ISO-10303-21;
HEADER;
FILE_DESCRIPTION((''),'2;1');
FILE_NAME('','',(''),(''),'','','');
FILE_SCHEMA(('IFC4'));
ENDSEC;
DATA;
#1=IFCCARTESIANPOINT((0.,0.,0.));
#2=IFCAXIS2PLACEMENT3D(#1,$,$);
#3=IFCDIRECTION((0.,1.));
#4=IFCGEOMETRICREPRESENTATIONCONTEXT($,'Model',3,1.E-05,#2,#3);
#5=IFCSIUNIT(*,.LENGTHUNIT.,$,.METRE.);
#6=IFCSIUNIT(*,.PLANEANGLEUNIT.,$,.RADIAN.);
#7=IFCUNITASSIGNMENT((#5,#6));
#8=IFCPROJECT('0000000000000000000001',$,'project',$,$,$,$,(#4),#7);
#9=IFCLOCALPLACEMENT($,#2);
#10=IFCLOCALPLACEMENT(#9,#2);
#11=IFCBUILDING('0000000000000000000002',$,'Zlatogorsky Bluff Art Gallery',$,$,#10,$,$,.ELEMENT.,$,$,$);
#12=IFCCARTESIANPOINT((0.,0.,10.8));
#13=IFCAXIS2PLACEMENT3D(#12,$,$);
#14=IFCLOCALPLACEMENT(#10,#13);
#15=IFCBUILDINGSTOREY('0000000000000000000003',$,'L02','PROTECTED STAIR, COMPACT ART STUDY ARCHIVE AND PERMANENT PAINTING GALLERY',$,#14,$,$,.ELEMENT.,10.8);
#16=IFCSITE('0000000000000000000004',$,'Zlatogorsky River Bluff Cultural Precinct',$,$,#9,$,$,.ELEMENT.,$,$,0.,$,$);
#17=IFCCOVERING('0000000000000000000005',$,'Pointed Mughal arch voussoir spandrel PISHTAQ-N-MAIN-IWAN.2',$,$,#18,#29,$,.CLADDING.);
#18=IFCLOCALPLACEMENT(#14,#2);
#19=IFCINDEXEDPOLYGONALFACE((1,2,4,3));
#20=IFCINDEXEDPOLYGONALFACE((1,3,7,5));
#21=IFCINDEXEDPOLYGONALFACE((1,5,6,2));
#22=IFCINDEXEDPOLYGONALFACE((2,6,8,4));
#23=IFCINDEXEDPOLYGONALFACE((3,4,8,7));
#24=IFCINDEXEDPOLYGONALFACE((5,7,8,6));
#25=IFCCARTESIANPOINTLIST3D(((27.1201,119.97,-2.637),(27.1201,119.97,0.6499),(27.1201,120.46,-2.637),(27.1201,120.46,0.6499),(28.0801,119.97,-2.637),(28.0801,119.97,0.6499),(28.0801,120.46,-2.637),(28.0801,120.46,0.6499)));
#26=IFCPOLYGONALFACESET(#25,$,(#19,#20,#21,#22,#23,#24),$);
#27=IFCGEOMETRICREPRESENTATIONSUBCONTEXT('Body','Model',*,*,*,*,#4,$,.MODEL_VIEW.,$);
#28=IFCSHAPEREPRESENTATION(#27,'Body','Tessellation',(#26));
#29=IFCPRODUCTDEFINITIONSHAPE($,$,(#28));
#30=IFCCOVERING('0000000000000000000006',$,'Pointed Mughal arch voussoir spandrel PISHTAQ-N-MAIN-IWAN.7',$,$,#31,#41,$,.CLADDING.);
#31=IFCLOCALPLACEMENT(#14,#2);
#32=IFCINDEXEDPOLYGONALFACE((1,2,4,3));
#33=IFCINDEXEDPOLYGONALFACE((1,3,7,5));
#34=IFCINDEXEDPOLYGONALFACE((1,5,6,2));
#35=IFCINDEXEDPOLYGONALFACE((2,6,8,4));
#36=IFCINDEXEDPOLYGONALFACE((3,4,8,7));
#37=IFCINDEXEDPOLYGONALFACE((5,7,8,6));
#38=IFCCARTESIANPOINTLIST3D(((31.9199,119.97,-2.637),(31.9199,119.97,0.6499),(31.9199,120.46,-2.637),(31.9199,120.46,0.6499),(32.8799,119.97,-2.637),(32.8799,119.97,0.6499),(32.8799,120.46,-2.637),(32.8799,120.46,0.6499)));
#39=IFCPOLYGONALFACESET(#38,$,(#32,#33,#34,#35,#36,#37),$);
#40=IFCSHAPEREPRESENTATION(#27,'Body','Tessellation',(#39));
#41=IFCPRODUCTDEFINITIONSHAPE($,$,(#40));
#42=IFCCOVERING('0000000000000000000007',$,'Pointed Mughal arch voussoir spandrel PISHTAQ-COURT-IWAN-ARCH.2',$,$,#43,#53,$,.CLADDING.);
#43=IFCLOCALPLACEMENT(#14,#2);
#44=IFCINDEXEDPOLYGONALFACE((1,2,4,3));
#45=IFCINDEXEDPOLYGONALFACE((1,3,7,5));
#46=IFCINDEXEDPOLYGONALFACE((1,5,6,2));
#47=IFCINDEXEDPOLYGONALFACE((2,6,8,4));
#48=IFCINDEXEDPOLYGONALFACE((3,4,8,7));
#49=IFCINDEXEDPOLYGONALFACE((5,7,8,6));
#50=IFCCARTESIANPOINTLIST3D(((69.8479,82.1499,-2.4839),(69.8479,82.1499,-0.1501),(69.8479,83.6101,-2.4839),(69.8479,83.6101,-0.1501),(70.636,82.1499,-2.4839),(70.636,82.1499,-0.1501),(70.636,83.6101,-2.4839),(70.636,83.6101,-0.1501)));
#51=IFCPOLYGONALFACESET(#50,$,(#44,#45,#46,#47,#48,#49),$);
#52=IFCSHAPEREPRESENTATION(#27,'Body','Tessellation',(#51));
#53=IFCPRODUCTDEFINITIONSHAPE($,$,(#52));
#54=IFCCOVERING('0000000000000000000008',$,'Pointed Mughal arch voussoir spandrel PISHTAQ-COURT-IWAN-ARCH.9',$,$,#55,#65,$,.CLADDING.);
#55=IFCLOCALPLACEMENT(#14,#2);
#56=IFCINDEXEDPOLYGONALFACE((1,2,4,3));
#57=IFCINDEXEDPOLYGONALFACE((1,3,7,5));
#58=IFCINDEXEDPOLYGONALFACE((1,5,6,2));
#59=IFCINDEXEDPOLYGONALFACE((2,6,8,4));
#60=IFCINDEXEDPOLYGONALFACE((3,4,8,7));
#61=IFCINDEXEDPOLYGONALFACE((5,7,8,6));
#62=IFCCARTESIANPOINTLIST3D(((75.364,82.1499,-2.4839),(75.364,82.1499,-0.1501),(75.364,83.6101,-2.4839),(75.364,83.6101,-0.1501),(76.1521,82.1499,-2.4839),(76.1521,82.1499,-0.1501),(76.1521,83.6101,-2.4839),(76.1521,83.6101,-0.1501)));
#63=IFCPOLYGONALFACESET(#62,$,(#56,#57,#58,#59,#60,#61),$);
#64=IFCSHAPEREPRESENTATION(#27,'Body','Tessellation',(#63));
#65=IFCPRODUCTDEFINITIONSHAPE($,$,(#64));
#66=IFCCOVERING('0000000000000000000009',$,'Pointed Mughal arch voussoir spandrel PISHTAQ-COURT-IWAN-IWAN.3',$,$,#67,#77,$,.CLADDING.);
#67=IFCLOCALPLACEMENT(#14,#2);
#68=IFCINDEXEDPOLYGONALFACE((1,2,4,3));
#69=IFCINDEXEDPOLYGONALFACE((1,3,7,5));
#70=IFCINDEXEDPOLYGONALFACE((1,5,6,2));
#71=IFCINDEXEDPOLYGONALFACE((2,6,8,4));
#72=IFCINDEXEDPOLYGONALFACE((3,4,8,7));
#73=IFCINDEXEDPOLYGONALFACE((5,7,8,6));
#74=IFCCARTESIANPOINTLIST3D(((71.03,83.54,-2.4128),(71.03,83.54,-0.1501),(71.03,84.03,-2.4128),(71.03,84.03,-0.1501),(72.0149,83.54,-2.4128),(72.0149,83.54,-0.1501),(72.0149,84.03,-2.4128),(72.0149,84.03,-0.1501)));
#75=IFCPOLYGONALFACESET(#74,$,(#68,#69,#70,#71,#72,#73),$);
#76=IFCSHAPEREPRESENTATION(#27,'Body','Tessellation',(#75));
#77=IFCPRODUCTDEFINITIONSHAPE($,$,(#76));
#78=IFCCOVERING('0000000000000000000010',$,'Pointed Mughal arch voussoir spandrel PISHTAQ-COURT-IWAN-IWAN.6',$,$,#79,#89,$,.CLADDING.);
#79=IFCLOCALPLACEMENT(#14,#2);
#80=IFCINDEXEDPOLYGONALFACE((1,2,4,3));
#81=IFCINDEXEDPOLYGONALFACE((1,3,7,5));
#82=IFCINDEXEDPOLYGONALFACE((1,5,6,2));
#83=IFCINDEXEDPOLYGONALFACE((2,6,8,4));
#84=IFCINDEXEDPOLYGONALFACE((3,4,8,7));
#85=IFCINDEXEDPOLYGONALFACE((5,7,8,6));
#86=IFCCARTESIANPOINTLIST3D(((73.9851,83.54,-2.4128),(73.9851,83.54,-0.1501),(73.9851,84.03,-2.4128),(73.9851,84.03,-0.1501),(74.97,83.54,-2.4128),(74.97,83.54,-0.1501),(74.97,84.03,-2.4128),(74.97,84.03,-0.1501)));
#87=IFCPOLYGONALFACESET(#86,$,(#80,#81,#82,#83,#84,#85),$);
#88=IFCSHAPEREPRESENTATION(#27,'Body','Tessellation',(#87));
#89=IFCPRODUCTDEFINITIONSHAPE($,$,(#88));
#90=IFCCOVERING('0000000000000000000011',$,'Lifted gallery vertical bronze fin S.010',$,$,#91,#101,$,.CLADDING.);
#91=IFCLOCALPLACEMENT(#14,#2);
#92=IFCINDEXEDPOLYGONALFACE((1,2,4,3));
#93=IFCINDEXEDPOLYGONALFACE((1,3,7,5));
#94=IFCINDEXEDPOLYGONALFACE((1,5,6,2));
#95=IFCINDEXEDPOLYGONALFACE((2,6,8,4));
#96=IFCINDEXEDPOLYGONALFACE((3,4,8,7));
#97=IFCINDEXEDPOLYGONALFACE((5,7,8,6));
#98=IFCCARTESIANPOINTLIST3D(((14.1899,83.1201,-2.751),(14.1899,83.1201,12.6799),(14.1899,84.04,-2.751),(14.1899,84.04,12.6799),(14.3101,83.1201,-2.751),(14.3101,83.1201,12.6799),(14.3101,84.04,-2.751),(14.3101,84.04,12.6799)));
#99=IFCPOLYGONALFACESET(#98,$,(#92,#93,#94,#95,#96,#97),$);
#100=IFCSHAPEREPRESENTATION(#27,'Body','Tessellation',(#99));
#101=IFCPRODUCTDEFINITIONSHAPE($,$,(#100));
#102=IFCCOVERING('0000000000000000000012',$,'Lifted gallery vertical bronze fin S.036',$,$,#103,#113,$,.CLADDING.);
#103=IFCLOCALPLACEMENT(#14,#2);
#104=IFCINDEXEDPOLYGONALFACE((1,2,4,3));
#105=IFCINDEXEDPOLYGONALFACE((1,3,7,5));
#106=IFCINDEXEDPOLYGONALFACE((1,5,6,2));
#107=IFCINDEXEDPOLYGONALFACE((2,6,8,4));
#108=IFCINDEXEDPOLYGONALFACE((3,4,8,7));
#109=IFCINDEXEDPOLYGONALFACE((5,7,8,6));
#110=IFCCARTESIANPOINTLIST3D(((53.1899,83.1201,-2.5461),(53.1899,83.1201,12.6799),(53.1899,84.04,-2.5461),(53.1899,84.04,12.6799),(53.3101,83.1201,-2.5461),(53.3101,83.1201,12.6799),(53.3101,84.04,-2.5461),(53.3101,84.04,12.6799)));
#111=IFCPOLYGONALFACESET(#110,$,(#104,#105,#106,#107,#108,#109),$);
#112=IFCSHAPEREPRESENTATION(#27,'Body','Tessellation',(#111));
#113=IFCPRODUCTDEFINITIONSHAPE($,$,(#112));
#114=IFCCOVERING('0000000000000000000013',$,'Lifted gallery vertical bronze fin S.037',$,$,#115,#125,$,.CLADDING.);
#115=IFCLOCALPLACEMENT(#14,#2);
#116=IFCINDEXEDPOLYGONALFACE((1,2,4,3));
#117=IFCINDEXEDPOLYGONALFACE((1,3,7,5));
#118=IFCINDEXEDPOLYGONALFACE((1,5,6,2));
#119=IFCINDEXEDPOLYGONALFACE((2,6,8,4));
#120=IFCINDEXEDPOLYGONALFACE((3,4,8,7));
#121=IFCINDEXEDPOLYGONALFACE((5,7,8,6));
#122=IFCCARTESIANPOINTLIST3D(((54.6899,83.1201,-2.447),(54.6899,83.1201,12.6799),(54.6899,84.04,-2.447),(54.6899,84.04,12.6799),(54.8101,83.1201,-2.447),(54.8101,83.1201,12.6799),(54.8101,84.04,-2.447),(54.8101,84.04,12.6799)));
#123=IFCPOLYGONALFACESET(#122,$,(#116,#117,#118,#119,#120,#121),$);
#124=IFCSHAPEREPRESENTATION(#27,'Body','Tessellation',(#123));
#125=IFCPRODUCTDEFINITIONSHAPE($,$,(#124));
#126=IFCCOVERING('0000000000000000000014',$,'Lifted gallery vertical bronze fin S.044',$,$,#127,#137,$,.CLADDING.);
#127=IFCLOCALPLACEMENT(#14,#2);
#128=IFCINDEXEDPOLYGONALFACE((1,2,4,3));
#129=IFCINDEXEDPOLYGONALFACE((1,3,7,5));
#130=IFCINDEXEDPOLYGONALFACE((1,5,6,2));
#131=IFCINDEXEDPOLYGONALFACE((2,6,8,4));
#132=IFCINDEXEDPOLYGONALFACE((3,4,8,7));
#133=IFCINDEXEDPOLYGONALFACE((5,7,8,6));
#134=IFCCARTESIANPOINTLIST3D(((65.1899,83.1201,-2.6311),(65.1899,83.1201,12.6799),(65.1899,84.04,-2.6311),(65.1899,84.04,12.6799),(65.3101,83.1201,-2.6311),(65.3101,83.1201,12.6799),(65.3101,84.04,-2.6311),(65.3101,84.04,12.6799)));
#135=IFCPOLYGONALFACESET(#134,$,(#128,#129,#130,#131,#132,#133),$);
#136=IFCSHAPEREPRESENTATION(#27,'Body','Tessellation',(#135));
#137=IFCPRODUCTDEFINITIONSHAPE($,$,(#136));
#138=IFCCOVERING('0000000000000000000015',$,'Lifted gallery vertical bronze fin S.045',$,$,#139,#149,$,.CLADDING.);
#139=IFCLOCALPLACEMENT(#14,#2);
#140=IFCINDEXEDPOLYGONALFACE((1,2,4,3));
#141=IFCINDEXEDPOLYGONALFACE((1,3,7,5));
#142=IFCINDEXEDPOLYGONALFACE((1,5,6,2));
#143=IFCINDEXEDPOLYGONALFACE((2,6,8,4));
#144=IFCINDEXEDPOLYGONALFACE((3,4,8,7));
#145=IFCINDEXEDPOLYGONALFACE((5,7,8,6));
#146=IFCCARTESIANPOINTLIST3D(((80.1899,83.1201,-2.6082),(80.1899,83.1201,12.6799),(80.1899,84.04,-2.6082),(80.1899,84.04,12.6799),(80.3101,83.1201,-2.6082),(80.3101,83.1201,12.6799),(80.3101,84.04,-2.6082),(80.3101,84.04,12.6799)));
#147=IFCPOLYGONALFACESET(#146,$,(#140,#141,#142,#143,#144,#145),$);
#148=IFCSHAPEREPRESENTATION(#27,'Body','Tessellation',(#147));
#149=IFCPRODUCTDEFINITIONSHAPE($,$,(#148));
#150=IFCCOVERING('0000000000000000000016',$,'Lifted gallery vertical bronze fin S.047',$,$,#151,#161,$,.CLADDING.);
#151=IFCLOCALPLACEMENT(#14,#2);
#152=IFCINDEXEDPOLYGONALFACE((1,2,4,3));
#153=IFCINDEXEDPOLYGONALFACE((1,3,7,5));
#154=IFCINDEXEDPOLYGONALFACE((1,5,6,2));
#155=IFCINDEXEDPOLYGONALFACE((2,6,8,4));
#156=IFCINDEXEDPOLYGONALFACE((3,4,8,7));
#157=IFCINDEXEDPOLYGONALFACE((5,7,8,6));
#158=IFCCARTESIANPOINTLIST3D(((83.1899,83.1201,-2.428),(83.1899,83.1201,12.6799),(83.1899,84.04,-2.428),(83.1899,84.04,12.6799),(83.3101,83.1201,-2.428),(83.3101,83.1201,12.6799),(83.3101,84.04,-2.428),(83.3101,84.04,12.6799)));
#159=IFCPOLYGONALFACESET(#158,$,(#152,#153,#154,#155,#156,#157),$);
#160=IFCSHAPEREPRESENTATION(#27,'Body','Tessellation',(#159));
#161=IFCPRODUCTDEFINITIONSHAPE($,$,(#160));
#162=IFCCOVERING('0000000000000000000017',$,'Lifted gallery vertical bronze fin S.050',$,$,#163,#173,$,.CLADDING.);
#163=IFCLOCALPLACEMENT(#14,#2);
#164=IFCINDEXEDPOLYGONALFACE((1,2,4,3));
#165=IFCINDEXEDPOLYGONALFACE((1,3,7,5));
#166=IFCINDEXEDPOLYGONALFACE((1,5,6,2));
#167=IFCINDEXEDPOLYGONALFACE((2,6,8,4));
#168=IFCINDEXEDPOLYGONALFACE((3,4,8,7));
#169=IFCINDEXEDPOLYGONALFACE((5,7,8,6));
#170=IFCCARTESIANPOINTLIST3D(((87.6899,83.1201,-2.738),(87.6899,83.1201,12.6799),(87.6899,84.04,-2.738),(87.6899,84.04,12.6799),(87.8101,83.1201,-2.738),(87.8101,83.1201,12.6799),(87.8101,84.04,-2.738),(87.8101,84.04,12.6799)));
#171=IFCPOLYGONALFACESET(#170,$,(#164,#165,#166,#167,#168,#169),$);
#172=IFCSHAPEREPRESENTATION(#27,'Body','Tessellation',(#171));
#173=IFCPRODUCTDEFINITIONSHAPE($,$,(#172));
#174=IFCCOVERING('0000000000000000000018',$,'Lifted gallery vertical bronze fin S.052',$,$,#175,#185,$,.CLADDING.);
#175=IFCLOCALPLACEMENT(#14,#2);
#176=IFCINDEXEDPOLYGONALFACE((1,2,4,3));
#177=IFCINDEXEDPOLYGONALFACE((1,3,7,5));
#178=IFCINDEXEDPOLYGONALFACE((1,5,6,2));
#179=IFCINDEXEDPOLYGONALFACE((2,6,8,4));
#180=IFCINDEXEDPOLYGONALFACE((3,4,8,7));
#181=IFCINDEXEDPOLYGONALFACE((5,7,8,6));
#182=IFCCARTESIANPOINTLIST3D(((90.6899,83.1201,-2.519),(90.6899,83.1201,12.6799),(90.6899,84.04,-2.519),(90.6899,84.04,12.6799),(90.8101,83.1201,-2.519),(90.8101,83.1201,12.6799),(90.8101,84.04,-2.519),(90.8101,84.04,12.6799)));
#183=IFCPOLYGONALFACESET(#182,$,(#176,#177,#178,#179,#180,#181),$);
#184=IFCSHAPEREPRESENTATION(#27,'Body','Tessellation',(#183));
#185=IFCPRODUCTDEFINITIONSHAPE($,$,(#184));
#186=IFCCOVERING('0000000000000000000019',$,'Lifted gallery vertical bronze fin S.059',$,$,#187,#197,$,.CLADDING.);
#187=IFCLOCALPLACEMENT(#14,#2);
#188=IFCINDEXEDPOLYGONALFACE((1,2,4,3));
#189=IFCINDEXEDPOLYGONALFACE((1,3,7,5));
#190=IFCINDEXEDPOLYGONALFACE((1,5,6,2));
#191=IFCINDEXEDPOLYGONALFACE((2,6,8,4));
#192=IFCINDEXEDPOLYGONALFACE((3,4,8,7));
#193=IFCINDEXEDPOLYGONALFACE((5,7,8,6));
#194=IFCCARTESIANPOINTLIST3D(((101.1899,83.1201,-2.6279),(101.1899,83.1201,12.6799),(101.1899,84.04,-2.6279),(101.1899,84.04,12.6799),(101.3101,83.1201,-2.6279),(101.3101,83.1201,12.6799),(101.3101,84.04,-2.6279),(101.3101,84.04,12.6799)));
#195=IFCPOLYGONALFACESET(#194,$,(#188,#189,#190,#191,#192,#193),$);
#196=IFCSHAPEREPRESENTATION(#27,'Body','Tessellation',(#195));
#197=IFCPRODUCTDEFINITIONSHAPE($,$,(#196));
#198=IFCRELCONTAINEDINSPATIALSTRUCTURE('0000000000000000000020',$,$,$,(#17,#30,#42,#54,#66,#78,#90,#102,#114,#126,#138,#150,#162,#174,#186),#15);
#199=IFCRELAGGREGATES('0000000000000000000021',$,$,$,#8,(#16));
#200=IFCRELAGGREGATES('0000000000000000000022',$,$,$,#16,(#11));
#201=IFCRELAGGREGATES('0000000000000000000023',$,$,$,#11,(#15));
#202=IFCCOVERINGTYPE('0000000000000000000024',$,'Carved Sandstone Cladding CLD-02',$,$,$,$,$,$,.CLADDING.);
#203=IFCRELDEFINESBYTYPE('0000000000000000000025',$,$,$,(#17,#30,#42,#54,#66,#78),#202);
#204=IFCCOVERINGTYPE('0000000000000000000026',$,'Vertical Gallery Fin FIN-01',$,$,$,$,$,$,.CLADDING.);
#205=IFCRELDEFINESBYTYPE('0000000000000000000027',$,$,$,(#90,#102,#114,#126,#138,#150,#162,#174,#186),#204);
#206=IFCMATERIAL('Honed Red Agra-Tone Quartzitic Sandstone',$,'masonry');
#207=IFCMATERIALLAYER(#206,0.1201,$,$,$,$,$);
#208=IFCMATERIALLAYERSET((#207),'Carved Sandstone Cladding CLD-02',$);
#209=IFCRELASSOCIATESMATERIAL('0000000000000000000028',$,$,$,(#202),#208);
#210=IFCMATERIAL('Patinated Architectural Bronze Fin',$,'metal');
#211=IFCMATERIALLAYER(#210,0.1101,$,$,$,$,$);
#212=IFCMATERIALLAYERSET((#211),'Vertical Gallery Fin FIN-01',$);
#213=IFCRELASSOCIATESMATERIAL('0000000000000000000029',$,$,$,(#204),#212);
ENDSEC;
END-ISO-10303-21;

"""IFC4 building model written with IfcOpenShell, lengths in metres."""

from ifc_helpers import new_model, si_unit, direction, frame, origin, place, context, subcontext, project, spatial, polyline, outline, extrude, material, layer, layer_set, type_object, element, save


model = new_model("IFC4")

# Units and contexts
model_context = context("Model", 3, precision=1e-05, world=origin(), true_north=direction((0.0, 1.0)))
body_context = subcontext(model_context, "Body", "Model", "MODEL_VIEW")
ifc_project = project(units=[si_unit("LENGTHUNIT", "METRE"), si_unit("PLANEANGLEUNIT", "RADIAN")], contexts=[model_context])

# Site, building, storey
site_placement = place(None, origin())
site = spatial("IfcSite", under=ifc_project, at=site_placement, Name="Zlatogorsky River Bluff Cultural Precinct", CompositionType="ELEMENT", RefElevation=0.0)
building_placement = place(site_placement, origin())
building = spatial("IfcBuilding", under=site, at=building_placement, Name="Zlatogorsky Bluff Art Gallery", CompositionType="ELEMENT")
storey_placement = place(building_placement, frame((0.0, 0.0, 10.8)))
storey = spatial("IfcBuildingStorey", under=building, at=storey_placement, Name="L02", Description="PROTECTED STAIR, COMPACT ART STUDY ARCHIVE AND PERMANENT PAINTING GALLERY", CompositionType="ELEMENT", Elevation=10.8)

# Coverings
ifc_material_1 = material(Name="Honed Red Agra-Tone Quartzitic Sandstone", Category="masonry")
ifc_layer_1 = layer(ifc_material_1, 0.1201)
ifc_layer_set_1 = layer_set([ifc_layer_1], Name="Carved Sandstone Cladding CLD-02")
covering_type_1 = type_object("IfcCoveringType", Name="Carved Sandstone Cladding CLD-02", PredefinedType="CLADDING", material=ifc_layer_set_1)
covering_1_placement = place(storey_placement, frame((0.0, 0.0, -2.637)))
element("IfcCovering", 1, at=covering_1_placement, inside=storey, type_object=covering_type_1, Name="Pointed Mughal arch voussoir spandrel PISHTAQ-N-MAIN-IWAN.2", PredefinedType="CLADDING", context=body_context, shape_type="SweptSolid", body=[
    extrude(outline(polyline([(27.1201, 119.97), (28.0801, 119.97), (28.0801, 120.46), (27.1201, 120.46), (27.1201, 119.97)])), origin(), (0.0, 0.0, 1.0), 3.2869),
])
covering_2_placement = place(storey_placement, frame((0.0, 0.0, -2.637)))
element("IfcCovering", 2, at=covering_2_placement, inside=storey, type_object=covering_type_1, Name="Pointed Mughal arch voussoir spandrel PISHTAQ-N-MAIN-IWAN.7", PredefinedType="CLADDING", context=body_context, shape_type="SweptSolid", body=[
    extrude(outline(polyline([(31.9199, 119.97), (32.8799, 119.97), (32.8799, 120.46), (31.9199, 120.46), (31.9199, 119.97)])), origin(), (0.0, 0.0, 1.0), 3.2869),
])
covering_3_placement = place(storey_placement, frame((0.0, 0.0, -2.4839)))
element("IfcCovering", 3, at=covering_3_placement, inside=storey, type_object=covering_type_1, Name="Pointed Mughal arch voussoir spandrel PISHTAQ-COURT-IWAN-ARCH.2", PredefinedType="CLADDING", context=body_context, shape_type="SweptSolid", body=[
    extrude(outline(polyline([(69.8479, 82.1499), (70.636, 82.1499), (70.636, 83.6101), (69.8479, 83.6101), (69.8479, 82.1499)])), origin(), (0.0, 0.0, 1.0), 2.3337),
])
covering_4_placement = place(storey_placement, frame((0.0, 0.0, -2.4839)))
element("IfcCovering", 4, at=covering_4_placement, inside=storey, type_object=covering_type_1, Name="Pointed Mughal arch voussoir spandrel PISHTAQ-COURT-IWAN-ARCH.9", PredefinedType="CLADDING", context=body_context, shape_type="SweptSolid", body=[
    extrude(outline(polyline([(75.364, 82.1499), (76.1521, 82.1499), (76.1521, 83.6101), (75.364, 83.6101), (75.364, 82.1499)])), origin(), (0.0, 0.0, 1.0), 2.3337),
])
covering_5_placement = place(storey_placement, frame((0.0, 0.0, -2.4128)))
element("IfcCovering", 5, at=covering_5_placement, inside=storey, type_object=covering_type_1, Name="Pointed Mughal arch voussoir spandrel PISHTAQ-COURT-IWAN-IWAN.3", PredefinedType="CLADDING", context=body_context, shape_type="SweptSolid", body=[
    extrude(outline(polyline([(71.03, 83.54), (72.0149, 83.54), (72.0149, 84.03), (71.03, 84.03), (71.03, 83.54)])), origin(), (0.0, 0.0, 1.0), 2.2627),
])
covering_6_placement = place(storey_placement, frame((0.0, 0.0, -2.4128)))
element("IfcCovering", 6, at=covering_6_placement, inside=storey, type_object=covering_type_1, Name="Pointed Mughal arch voussoir spandrel PISHTAQ-COURT-IWAN-IWAN.6", PredefinedType="CLADDING", context=body_context, shape_type="SweptSolid", body=[
    extrude(outline(polyline([(73.9851, 83.54), (74.97, 83.54), (74.97, 84.03), (73.9851, 84.03), (73.9851, 83.54)])), origin(), (0.0, 0.0, 1.0), 2.2627),
])
ifc_material_2 = material(Name="Patinated Architectural Bronze Fin", Category="metal")
ifc_layer_2 = layer(ifc_material_2, 0.1101)
ifc_layer_set_2 = layer_set([ifc_layer_2], Name="Vertical Gallery Fin FIN-01")
covering_type_2 = type_object("IfcCoveringType", Name="Vertical Gallery Fin FIN-01", PredefinedType="CLADDING", material=ifc_layer_set_2)
covering_7_placement = place(storey_placement, frame((0.0, 0.0, -2.751)))
element("IfcCovering", 7, at=covering_7_placement, inside=storey, type_object=covering_type_2, Name="Lifted gallery vertical bronze fin S.010", PredefinedType="CLADDING", context=body_context, shape_type="SweptSolid", body=[
    extrude(outline(polyline([(14.1899, 83.1201), (14.3101, 83.1201), (14.3101, 84.04), (14.1899, 84.04), (14.1899, 83.1201)])), origin(), (0.0, 0.0, 1.0), 15.4309),
])
covering_8_placement = place(storey_placement, frame((0.0, 0.0, -2.5461)))
element("IfcCovering", 8, at=covering_8_placement, inside=storey, type_object=covering_type_2, Name="Lifted gallery vertical bronze fin S.036", PredefinedType="CLADDING", context=body_context, shape_type="SweptSolid", body=[
    extrude(outline(polyline([(53.1899, 83.1201), (53.3101, 83.1201), (53.3101, 84.04), (53.1899, 84.04), (53.1899, 83.1201)])), origin(), (0.0, 0.0, 1.0), 15.2261),
])
covering_9_placement = place(storey_placement, frame((0.0, 0.0, -2.447)))
element("IfcCovering", 9, at=covering_9_placement, inside=storey, type_object=covering_type_2, Name="Lifted gallery vertical bronze fin S.037", PredefinedType="CLADDING", context=body_context, shape_type="SweptSolid", body=[
    extrude(outline(polyline([(54.6899, 83.1201), (54.8101, 83.1201), (54.8101, 84.04), (54.6899, 84.04), (54.6899, 83.1201)])), origin(), (0.0, 0.0, 1.0), 15.127),
])
covering_10_placement = place(storey_placement, frame((0.0, 0.0, -2.6311)))
element("IfcCovering", 10, at=covering_10_placement, inside=storey, type_object=covering_type_2, Name="Lifted gallery vertical bronze fin S.044", PredefinedType="CLADDING", context=body_context, shape_type="SweptSolid", body=[
    extrude(outline(polyline([(65.1899, 83.1201), (65.3101, 83.1201), (65.3101, 84.04), (65.1899, 84.04), (65.1899, 83.1201)])), origin(), (0.0, 0.0, 1.0), 15.311),
])
covering_11_placement = place(storey_placement, frame((0.0, 0.0, -2.6082)))
element("IfcCovering", 11, at=covering_11_placement, inside=storey, type_object=covering_type_2, Name="Lifted gallery vertical bronze fin S.045", PredefinedType="CLADDING", context=body_context, shape_type="SweptSolid", body=[
    extrude(outline(polyline([(80.1899, 83.1201), (80.3101, 83.1201), (80.3101, 84.04), (80.1899, 84.04), (80.1899, 83.1201)])), origin(), (0.0, 0.0, 1.0), 15.2881),
])
covering_12_placement = place(storey_placement, frame((0.0, 0.0, -2.428)))
element("IfcCovering", 12, at=covering_12_placement, inside=storey, type_object=covering_type_2, Name="Lifted gallery vertical bronze fin S.047", PredefinedType="CLADDING", context=body_context, shape_type="SweptSolid", body=[
    extrude(outline(polyline([(83.1899, 83.1201), (83.3101, 83.1201), (83.3101, 84.04), (83.1899, 84.04), (83.1899, 83.1201)])), origin(), (0.0, 0.0, 1.0), 15.1079),
])
covering_13_placement = place(storey_placement, frame((0.0, 0.0, -2.738)))
element("IfcCovering", 13, at=covering_13_placement, inside=storey, type_object=covering_type_2, Name="Lifted gallery vertical bronze fin S.050", PredefinedType="CLADDING", context=body_context, shape_type="SweptSolid", body=[
    extrude(outline(polyline([(87.6899, 83.1201), (87.8101, 83.1201), (87.8101, 84.04), (87.6899, 84.04), (87.6899, 83.1201)])), origin(), (0.0, 0.0, 1.0), 15.418),
])
covering_14_placement = place(storey_placement, frame((0.0, 0.0, -2.519)))
element("IfcCovering", 14, at=covering_14_placement, inside=storey, type_object=covering_type_2, Name="Lifted gallery vertical bronze fin S.052", PredefinedType="CLADDING", context=body_context, shape_type="SweptSolid", body=[
    extrude(outline(polyline([(90.6899, 83.1201), (90.8101, 83.1201), (90.8101, 84.04), (90.6899, 84.04), (90.6899, 83.1201)])), origin(), (0.0, 0.0, 1.0), 15.199),
])
covering_15_placement = place(storey_placement, frame((0.0, 0.0, -2.6279)))
element("IfcCovering", 15, at=covering_15_placement, inside=storey, type_object=covering_type_2, Name="Lifted gallery vertical bronze fin S.059", PredefinedType="CLADDING", context=body_context, shape_type="SweptSolid", body=[
    extrude(outline(polyline([(101.1899, 83.1201), (101.3101, 83.1201), (101.3101, 84.04), (101.1899, 84.04), (101.1899, 83.1201)])), origin(), (0.0, 0.0, 1.0), 15.3079),
])

save(model, "model.ifc")
